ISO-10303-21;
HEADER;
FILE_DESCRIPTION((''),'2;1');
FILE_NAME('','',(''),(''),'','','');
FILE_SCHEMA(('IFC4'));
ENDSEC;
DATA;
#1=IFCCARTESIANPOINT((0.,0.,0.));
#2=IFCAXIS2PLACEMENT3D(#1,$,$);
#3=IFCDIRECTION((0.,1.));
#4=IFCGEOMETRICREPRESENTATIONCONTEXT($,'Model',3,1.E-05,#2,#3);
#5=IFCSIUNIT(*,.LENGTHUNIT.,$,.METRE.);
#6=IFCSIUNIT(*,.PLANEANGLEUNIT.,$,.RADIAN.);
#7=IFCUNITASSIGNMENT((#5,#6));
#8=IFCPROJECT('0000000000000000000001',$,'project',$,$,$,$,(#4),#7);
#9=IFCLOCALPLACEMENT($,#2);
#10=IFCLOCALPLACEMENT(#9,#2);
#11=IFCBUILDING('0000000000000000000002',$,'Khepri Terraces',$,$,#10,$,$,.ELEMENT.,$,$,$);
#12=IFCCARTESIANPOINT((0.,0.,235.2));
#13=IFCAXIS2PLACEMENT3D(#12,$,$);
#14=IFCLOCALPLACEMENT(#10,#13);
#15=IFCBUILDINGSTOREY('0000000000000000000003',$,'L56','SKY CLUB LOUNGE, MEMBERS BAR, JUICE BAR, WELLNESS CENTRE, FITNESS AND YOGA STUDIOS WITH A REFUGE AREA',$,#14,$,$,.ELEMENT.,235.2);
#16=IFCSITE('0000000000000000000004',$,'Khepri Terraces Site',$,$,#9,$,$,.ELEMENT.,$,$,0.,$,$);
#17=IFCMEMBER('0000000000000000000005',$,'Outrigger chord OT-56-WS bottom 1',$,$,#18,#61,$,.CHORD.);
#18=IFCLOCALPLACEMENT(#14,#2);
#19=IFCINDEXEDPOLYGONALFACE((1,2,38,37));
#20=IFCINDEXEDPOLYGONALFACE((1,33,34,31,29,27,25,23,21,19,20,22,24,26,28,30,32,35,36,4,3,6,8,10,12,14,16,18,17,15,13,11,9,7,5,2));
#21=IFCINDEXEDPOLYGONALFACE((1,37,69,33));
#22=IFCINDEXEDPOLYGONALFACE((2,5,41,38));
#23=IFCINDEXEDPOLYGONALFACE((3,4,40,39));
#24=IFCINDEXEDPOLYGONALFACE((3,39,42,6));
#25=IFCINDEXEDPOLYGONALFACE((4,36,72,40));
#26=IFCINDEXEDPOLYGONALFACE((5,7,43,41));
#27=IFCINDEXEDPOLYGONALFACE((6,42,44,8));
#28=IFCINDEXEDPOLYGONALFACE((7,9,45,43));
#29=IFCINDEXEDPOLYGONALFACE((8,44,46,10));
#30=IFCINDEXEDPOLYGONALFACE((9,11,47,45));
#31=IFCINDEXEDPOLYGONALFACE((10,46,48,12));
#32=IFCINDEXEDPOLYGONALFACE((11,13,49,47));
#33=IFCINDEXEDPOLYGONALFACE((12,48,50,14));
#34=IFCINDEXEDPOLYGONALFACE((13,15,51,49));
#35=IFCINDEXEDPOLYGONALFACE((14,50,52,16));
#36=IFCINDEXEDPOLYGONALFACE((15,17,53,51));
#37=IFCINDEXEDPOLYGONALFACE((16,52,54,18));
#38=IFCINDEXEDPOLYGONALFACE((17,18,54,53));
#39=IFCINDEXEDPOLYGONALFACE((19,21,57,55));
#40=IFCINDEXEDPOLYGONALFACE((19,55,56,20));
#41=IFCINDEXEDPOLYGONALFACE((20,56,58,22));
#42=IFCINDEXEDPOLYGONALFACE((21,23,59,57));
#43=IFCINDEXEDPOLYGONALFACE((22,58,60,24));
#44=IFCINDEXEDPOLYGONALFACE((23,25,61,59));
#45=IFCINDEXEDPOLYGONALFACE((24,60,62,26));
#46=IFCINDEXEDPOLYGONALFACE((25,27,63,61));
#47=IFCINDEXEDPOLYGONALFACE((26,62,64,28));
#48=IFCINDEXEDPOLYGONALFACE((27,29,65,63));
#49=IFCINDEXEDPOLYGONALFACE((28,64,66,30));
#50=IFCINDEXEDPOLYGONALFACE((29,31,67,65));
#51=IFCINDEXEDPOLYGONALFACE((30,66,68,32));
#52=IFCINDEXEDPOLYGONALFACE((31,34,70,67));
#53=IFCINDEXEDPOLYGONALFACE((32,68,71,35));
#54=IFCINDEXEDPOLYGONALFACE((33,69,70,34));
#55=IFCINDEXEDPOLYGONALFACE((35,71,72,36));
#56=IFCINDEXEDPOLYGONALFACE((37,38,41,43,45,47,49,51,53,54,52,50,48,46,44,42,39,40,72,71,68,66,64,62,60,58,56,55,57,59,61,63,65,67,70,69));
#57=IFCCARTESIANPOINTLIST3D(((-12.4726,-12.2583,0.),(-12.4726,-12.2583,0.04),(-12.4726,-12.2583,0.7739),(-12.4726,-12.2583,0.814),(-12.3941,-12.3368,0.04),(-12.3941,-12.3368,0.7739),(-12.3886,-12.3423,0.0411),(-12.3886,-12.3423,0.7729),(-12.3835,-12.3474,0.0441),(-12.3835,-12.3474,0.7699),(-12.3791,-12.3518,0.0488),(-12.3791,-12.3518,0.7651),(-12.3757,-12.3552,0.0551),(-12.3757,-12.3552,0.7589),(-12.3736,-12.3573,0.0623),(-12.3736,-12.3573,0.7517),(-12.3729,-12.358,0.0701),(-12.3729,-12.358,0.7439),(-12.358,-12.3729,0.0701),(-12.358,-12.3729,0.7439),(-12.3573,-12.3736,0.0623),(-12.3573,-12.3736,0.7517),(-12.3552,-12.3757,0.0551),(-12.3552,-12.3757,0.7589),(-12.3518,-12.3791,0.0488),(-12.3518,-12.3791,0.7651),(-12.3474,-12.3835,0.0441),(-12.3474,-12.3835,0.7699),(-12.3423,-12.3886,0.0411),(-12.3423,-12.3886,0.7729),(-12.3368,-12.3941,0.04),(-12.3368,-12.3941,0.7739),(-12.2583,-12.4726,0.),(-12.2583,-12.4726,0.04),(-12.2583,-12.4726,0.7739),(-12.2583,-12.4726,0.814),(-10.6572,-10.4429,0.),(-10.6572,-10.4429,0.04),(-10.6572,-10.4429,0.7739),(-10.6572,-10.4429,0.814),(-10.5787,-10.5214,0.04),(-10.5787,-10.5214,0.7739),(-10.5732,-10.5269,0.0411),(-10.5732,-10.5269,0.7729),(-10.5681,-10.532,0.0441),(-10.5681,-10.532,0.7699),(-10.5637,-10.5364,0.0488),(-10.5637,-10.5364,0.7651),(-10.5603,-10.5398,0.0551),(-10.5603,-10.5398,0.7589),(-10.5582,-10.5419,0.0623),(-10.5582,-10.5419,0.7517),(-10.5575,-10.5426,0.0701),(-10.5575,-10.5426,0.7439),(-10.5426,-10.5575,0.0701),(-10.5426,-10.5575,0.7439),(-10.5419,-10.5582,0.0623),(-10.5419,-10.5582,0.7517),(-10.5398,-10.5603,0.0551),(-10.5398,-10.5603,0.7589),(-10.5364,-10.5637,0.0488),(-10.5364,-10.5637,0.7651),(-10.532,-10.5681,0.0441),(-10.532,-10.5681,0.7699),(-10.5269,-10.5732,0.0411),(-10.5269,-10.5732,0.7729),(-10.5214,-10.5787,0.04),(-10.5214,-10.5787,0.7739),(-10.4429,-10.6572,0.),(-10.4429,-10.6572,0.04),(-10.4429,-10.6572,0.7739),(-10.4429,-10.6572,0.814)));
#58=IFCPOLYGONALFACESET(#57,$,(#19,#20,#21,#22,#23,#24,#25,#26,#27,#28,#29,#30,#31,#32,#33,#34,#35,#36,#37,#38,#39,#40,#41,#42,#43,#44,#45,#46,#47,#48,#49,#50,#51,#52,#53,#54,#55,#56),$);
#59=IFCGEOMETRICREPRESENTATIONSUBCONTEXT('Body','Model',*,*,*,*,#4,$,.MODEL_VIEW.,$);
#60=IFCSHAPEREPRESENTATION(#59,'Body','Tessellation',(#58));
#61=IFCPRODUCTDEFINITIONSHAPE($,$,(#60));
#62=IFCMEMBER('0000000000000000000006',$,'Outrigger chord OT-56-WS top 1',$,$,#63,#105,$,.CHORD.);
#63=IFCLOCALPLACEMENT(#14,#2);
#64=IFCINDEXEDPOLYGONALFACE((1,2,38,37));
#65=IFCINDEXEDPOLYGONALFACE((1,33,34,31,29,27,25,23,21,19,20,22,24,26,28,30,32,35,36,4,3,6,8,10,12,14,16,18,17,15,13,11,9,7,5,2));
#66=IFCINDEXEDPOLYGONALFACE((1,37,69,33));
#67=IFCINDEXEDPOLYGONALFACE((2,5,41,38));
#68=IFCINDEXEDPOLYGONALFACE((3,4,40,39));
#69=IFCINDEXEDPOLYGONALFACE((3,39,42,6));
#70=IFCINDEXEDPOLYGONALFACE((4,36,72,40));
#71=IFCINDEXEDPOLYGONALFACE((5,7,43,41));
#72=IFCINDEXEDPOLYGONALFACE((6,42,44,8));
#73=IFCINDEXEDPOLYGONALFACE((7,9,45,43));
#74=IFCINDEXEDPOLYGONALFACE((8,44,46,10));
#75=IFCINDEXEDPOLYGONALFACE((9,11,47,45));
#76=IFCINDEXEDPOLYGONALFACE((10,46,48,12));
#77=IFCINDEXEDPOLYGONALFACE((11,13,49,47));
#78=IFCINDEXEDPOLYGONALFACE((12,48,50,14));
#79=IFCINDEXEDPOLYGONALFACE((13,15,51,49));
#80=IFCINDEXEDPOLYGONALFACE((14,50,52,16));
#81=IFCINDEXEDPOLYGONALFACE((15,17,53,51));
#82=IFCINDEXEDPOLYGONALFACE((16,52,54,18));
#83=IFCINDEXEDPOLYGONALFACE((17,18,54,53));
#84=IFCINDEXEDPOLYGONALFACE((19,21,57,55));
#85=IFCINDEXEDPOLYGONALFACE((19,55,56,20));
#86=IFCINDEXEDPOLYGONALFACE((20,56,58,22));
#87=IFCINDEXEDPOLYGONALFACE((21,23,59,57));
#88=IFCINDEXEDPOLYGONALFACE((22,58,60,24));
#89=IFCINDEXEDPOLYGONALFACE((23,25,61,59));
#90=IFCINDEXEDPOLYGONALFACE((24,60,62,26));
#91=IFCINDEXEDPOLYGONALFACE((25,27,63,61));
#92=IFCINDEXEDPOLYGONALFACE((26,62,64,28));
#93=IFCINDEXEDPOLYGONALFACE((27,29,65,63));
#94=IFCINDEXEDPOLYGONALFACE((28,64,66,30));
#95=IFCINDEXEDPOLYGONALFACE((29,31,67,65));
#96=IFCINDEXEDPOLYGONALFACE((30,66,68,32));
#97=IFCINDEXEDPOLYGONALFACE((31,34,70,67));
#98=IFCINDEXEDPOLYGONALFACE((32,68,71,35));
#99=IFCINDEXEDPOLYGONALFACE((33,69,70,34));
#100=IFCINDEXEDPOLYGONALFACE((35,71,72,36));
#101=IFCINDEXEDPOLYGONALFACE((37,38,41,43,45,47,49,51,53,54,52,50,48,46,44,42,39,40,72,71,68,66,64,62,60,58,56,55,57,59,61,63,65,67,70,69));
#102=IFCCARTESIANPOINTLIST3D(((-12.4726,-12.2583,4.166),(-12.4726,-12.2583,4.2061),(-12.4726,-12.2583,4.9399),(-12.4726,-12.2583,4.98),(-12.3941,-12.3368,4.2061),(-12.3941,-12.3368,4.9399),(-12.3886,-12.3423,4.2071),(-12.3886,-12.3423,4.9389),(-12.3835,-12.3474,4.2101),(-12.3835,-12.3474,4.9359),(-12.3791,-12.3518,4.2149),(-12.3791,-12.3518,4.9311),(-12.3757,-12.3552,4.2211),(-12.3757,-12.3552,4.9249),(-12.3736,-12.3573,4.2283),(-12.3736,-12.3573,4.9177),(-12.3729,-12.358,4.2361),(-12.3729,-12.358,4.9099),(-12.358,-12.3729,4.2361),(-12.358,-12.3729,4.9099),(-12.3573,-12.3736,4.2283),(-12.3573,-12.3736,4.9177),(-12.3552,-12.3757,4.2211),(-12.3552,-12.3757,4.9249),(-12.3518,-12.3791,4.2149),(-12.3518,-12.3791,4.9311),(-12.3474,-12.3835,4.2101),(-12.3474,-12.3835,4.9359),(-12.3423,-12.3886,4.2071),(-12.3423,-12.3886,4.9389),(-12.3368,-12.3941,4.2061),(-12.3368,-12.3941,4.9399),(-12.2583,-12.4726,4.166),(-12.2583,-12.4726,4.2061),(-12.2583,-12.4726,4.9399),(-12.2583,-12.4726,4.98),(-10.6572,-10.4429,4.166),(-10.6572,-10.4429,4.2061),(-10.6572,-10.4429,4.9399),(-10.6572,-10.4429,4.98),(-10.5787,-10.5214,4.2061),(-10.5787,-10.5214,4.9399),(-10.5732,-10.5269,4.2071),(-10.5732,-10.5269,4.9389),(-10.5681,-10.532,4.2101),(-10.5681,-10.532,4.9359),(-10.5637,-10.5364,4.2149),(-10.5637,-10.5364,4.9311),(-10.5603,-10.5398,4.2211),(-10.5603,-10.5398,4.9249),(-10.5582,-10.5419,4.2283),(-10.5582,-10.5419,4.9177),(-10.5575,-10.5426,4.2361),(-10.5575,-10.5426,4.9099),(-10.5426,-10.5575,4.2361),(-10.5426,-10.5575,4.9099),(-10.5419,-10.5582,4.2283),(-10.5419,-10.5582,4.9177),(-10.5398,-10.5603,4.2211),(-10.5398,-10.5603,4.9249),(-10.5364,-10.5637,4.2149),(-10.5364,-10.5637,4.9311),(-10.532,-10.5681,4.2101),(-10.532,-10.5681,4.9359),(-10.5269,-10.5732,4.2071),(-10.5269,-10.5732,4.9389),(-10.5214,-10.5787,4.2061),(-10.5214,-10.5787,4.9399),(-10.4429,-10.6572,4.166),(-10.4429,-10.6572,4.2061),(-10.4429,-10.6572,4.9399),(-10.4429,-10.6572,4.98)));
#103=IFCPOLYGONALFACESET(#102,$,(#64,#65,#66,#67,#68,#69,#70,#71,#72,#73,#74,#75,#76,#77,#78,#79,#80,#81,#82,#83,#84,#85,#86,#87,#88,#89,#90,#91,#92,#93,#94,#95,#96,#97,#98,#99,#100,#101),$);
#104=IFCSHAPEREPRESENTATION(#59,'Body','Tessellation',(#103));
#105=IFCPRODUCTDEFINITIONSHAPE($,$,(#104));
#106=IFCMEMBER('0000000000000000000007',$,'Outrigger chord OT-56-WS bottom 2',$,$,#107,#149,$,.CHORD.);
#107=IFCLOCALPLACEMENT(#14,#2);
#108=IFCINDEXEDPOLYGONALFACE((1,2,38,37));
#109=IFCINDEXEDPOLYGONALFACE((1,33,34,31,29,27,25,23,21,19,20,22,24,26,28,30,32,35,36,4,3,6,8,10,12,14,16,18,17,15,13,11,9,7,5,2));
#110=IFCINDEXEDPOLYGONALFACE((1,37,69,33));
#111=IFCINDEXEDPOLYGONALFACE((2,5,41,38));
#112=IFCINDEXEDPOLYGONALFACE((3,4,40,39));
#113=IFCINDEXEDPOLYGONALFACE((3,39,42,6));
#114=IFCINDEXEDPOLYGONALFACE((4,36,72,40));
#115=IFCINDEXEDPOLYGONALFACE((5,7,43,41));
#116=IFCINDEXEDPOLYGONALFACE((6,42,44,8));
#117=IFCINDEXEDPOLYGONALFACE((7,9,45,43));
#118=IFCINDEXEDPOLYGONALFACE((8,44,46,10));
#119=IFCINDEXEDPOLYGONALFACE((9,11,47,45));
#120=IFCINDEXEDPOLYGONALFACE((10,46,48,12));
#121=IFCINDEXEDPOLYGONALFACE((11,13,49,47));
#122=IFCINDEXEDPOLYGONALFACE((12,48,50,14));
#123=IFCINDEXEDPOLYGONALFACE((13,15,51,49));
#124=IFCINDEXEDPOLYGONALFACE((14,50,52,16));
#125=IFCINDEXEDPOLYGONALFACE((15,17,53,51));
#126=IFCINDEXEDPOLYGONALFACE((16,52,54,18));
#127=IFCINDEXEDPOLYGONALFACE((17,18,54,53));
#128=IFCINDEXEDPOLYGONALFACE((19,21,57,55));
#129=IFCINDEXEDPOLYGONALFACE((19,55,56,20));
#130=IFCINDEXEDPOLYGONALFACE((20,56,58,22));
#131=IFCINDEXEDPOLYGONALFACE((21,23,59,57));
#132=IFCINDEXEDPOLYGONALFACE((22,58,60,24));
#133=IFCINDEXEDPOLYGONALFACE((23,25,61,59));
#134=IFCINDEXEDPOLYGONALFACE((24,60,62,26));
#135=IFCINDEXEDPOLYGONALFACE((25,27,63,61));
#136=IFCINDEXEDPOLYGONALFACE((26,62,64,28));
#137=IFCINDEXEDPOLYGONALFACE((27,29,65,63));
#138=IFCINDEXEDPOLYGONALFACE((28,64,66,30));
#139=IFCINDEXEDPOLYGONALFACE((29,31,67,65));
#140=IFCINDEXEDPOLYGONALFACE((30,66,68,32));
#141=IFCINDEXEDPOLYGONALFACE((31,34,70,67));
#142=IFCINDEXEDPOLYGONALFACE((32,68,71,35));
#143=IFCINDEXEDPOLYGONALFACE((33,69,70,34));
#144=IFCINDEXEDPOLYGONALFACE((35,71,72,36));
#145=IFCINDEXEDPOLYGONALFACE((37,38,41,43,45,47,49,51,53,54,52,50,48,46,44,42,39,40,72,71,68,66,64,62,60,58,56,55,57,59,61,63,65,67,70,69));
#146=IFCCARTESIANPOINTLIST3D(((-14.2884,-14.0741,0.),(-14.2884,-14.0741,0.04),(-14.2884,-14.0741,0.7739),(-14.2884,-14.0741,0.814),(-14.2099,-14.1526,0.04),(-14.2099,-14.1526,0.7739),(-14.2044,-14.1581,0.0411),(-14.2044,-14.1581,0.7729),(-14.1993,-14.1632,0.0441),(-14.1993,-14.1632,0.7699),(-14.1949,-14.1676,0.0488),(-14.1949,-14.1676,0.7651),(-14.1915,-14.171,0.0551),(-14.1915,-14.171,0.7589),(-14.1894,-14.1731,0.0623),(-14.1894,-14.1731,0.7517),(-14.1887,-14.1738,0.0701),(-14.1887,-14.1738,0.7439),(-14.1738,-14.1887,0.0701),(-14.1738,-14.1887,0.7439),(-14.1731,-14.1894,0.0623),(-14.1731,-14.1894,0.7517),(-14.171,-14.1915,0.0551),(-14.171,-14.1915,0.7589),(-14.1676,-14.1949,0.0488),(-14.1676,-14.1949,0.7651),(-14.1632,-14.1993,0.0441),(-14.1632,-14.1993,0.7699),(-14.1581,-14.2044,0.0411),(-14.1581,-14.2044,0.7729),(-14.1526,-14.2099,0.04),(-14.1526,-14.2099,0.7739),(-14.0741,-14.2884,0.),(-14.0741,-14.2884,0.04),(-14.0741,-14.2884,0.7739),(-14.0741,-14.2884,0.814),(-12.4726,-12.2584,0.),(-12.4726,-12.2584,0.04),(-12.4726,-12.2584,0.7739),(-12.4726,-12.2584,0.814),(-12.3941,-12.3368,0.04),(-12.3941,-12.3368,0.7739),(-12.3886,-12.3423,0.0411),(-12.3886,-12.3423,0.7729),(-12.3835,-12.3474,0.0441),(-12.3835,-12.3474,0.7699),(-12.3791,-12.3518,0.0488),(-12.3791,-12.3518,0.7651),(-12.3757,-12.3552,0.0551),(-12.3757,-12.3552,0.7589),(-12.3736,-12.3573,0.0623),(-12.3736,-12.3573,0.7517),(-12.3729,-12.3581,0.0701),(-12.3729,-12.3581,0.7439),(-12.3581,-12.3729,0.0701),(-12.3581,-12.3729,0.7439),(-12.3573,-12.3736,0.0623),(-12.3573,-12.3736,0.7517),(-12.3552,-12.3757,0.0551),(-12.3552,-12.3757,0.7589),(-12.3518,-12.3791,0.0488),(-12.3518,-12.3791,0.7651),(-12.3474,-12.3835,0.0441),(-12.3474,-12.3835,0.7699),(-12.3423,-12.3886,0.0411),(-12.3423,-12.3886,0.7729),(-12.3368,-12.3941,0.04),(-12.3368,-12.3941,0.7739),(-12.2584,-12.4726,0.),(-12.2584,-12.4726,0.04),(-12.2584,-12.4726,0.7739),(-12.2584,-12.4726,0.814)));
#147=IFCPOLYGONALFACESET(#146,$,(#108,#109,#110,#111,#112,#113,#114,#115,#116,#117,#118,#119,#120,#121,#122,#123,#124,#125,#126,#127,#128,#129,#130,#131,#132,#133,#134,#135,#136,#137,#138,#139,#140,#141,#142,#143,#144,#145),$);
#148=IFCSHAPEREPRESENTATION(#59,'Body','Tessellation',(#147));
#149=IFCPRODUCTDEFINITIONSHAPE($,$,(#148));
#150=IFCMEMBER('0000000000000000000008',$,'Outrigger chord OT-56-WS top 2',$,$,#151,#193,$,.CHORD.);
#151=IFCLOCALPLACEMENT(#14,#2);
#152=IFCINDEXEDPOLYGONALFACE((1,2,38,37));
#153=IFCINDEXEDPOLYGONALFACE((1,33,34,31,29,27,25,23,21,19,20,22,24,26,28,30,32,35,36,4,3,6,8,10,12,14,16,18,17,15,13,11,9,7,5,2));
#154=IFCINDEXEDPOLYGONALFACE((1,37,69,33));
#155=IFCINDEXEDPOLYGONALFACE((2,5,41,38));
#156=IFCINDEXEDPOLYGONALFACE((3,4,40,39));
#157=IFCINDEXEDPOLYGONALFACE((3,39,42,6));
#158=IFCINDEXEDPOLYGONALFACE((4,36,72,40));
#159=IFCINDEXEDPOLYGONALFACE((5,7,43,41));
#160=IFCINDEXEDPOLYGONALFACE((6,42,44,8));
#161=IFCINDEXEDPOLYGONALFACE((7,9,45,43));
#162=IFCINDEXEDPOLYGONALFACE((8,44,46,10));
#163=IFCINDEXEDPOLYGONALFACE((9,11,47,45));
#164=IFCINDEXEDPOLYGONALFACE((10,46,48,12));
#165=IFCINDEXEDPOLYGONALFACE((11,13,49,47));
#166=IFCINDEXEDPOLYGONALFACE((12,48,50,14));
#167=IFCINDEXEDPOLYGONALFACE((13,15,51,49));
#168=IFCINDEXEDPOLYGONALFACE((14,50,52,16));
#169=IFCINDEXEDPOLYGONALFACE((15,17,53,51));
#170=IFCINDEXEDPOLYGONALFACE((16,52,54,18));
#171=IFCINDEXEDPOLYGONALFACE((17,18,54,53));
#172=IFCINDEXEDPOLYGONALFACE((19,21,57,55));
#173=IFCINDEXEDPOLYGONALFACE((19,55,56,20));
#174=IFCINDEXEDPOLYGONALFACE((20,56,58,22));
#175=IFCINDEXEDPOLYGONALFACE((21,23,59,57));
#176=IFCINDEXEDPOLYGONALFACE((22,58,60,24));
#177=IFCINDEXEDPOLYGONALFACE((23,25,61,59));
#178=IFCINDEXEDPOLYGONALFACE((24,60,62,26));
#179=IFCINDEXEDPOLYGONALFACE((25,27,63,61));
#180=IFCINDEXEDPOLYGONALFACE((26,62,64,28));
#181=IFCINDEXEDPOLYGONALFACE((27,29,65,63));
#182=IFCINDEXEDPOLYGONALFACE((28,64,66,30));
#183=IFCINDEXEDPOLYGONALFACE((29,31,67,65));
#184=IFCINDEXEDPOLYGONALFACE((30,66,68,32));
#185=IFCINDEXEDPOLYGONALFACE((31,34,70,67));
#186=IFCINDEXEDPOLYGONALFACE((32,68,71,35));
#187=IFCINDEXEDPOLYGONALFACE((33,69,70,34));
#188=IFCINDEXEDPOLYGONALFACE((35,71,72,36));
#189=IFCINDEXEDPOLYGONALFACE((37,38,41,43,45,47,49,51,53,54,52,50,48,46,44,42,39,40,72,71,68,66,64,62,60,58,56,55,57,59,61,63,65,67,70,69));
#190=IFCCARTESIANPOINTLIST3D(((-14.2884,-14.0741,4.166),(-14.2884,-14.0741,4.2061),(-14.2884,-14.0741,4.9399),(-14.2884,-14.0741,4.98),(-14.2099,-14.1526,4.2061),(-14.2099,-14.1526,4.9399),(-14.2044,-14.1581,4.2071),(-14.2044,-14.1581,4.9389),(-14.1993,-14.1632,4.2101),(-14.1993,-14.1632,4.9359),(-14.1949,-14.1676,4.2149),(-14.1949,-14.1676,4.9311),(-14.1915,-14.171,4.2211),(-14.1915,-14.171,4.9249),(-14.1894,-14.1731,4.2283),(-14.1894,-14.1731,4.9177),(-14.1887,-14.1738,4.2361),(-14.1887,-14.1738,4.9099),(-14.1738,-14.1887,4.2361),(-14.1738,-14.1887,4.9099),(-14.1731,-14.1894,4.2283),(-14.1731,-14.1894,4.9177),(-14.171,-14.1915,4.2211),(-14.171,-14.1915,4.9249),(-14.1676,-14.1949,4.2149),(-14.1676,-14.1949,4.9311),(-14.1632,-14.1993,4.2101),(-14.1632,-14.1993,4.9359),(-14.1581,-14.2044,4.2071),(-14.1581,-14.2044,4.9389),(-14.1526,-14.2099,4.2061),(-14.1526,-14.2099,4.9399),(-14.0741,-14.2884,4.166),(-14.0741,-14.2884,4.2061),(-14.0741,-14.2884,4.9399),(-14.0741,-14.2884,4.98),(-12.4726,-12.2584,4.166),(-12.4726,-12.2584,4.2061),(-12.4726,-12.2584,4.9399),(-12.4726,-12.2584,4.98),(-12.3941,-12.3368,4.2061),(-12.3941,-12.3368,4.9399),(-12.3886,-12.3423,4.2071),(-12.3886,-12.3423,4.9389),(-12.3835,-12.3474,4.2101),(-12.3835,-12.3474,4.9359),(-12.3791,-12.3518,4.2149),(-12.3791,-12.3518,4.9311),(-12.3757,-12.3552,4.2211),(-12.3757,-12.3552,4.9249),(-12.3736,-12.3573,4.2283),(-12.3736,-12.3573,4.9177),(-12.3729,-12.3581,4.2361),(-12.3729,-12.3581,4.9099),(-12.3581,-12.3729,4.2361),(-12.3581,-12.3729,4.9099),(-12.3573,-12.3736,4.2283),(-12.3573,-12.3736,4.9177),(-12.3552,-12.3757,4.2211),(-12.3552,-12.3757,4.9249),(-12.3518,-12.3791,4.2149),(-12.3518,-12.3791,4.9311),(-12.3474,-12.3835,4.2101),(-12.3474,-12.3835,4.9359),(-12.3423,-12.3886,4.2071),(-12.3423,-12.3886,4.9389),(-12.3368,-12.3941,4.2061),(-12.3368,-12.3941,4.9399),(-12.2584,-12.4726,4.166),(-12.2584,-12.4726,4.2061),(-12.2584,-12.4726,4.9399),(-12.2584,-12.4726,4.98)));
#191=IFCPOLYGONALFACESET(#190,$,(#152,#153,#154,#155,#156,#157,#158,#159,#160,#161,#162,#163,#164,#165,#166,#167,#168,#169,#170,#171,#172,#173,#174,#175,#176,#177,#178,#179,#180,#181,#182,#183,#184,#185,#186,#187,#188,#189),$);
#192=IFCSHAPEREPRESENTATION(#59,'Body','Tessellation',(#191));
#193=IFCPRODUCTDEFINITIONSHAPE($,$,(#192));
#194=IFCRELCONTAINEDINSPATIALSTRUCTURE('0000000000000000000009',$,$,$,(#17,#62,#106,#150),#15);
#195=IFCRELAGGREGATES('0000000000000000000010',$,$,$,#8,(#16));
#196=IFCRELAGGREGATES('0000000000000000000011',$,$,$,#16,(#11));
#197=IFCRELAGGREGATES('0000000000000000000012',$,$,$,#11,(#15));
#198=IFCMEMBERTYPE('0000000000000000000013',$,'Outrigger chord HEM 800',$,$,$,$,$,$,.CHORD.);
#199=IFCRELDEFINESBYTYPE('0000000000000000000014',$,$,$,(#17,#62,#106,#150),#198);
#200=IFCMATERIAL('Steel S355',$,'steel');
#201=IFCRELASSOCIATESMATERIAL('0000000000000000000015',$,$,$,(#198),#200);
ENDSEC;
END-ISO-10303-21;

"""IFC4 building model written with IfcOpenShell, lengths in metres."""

from ifc_helpers import new_model, si_unit, direction, frame, origin, origin_2d, place, context, subcontext, project, spatial, i_section, extrude, material, material_profile, profile_set, type_object, element, save


model = new_model("IFC4")

# Units and contexts
model_context = context("Model", 3, precision=1e-05, world=origin(), true_north=direction((0.0, 1.0)))
body_context = subcontext(model_context, "Body", "Model", "MODEL_VIEW")
ifc_project = project(units=[si_unit("LENGTHUNIT", "METRE"), si_unit("PLANEANGLEUNIT", "RADIAN")], contexts=[model_context])

# Site, building, storey
site_placement = place(None, origin())
site = spatial("IfcSite", under=ifc_project, at=site_placement, Name="Khepri Terraces Site", CompositionType="ELEMENT", RefElevation=0.0)
building_placement = place(site_placement, origin())
building = spatial("IfcBuilding", under=site, at=building_placement, Name="Khepri Terraces", CompositionType="ELEMENT")
storey_placement = place(building_placement, frame((0.0, 0.0, 235.2)))
storey = spatial("IfcBuildingStorey", under=building, at=storey_placement, Name="L56", Description="SKY CLUB LOUNGE, MEMBERS BAR, JUICE BAR, WELLNESS CENTRE, FITNESS AND YOGA STUDIOS WITH A REFUGE AREA", CompositionType="ELEMENT", Elevation=235.2)

# Members
ifc_material_1 = material(Name="Steel S355", Category="steel")
ifc_material_profile_1 = material_profile(ifc_material_1, i_section(OverallWidth=0.303, OverallDepth=0.814, WebThickness=0.021, FlangeThickness=0.04, FilletRadius=0.03, at=origin_2d()), Name="Steel S355", Category="steel")
ifc_profile_set_1 = profile_set([ifc_material_profile_1], Name="Steel S355")
member_type_1 = type_object("IfcMemberType", Name="Outrigger chord HEM 800", PredefinedType="CHORD", material=ifc_profile_set_1)
for number, where, z_axis, x_axis, name in (
    (1, (-10.55, -10.55, 0.407), (-0.707107, -0.707107, 0.0), (0.707107, -0.707107, 0.0), "Outrigger chord OT-56-WS bottom 1"),
    (2, (-10.55, -10.55, 4.573), (-0.707107, -0.707107, 0.0), (0.707107, -0.707107, 0.0), "Outrigger chord OT-56-WS top 1"),
):
    element("IfcMember", number, at=place(storey_placement, frame(where, z_axis=z_axis, x_axis=x_axis)), inside=storey, type_object=member_type_1, Name=name, PredefinedType="CHORD", context=body_context, shape_type="SweptSolid", body=[
        extrude(i_section(OverallWidth=0.303, OverallDepth=0.814, WebThickness=0.021, FlangeThickness=0.04, FilletRadius=0.03, at=origin_2d()), origin(), (0.0, 0.0, 1.0), 2.5674),
    ])
for number, where, z_axis, x_axis, name in (
    (3, (-12.3655, -12.3655, 0.407), (-0.707107, -0.707107, 0.0), (0.707107, -0.707107, 0.0), "Outrigger chord OT-56-WS bottom 2"),
    (4, (-12.3655, -12.3655, 4.573), (-0.707107, -0.707107, 0.0), (0.707107, -0.707107, 0.0), "Outrigger chord OT-56-WS top 2"),
):
    element("IfcMember", number, at=place(storey_placement, frame(where, z_axis=z_axis, x_axis=x_axis)), inside=storey, type_object=member_type_1, Name=name, PredefinedType="CHORD", context=body_context, shape_type="SweptSolid", body=[
        extrude(i_section(OverallWidth=0.303, OverallDepth=0.814, WebThickness=0.021, FlangeThickness=0.04, FilletRadius=0.03, at=origin_2d()), origin(), (0.0, 0.0, 1.0), 2.5679),
    ])

save(model, "model.ifc")
